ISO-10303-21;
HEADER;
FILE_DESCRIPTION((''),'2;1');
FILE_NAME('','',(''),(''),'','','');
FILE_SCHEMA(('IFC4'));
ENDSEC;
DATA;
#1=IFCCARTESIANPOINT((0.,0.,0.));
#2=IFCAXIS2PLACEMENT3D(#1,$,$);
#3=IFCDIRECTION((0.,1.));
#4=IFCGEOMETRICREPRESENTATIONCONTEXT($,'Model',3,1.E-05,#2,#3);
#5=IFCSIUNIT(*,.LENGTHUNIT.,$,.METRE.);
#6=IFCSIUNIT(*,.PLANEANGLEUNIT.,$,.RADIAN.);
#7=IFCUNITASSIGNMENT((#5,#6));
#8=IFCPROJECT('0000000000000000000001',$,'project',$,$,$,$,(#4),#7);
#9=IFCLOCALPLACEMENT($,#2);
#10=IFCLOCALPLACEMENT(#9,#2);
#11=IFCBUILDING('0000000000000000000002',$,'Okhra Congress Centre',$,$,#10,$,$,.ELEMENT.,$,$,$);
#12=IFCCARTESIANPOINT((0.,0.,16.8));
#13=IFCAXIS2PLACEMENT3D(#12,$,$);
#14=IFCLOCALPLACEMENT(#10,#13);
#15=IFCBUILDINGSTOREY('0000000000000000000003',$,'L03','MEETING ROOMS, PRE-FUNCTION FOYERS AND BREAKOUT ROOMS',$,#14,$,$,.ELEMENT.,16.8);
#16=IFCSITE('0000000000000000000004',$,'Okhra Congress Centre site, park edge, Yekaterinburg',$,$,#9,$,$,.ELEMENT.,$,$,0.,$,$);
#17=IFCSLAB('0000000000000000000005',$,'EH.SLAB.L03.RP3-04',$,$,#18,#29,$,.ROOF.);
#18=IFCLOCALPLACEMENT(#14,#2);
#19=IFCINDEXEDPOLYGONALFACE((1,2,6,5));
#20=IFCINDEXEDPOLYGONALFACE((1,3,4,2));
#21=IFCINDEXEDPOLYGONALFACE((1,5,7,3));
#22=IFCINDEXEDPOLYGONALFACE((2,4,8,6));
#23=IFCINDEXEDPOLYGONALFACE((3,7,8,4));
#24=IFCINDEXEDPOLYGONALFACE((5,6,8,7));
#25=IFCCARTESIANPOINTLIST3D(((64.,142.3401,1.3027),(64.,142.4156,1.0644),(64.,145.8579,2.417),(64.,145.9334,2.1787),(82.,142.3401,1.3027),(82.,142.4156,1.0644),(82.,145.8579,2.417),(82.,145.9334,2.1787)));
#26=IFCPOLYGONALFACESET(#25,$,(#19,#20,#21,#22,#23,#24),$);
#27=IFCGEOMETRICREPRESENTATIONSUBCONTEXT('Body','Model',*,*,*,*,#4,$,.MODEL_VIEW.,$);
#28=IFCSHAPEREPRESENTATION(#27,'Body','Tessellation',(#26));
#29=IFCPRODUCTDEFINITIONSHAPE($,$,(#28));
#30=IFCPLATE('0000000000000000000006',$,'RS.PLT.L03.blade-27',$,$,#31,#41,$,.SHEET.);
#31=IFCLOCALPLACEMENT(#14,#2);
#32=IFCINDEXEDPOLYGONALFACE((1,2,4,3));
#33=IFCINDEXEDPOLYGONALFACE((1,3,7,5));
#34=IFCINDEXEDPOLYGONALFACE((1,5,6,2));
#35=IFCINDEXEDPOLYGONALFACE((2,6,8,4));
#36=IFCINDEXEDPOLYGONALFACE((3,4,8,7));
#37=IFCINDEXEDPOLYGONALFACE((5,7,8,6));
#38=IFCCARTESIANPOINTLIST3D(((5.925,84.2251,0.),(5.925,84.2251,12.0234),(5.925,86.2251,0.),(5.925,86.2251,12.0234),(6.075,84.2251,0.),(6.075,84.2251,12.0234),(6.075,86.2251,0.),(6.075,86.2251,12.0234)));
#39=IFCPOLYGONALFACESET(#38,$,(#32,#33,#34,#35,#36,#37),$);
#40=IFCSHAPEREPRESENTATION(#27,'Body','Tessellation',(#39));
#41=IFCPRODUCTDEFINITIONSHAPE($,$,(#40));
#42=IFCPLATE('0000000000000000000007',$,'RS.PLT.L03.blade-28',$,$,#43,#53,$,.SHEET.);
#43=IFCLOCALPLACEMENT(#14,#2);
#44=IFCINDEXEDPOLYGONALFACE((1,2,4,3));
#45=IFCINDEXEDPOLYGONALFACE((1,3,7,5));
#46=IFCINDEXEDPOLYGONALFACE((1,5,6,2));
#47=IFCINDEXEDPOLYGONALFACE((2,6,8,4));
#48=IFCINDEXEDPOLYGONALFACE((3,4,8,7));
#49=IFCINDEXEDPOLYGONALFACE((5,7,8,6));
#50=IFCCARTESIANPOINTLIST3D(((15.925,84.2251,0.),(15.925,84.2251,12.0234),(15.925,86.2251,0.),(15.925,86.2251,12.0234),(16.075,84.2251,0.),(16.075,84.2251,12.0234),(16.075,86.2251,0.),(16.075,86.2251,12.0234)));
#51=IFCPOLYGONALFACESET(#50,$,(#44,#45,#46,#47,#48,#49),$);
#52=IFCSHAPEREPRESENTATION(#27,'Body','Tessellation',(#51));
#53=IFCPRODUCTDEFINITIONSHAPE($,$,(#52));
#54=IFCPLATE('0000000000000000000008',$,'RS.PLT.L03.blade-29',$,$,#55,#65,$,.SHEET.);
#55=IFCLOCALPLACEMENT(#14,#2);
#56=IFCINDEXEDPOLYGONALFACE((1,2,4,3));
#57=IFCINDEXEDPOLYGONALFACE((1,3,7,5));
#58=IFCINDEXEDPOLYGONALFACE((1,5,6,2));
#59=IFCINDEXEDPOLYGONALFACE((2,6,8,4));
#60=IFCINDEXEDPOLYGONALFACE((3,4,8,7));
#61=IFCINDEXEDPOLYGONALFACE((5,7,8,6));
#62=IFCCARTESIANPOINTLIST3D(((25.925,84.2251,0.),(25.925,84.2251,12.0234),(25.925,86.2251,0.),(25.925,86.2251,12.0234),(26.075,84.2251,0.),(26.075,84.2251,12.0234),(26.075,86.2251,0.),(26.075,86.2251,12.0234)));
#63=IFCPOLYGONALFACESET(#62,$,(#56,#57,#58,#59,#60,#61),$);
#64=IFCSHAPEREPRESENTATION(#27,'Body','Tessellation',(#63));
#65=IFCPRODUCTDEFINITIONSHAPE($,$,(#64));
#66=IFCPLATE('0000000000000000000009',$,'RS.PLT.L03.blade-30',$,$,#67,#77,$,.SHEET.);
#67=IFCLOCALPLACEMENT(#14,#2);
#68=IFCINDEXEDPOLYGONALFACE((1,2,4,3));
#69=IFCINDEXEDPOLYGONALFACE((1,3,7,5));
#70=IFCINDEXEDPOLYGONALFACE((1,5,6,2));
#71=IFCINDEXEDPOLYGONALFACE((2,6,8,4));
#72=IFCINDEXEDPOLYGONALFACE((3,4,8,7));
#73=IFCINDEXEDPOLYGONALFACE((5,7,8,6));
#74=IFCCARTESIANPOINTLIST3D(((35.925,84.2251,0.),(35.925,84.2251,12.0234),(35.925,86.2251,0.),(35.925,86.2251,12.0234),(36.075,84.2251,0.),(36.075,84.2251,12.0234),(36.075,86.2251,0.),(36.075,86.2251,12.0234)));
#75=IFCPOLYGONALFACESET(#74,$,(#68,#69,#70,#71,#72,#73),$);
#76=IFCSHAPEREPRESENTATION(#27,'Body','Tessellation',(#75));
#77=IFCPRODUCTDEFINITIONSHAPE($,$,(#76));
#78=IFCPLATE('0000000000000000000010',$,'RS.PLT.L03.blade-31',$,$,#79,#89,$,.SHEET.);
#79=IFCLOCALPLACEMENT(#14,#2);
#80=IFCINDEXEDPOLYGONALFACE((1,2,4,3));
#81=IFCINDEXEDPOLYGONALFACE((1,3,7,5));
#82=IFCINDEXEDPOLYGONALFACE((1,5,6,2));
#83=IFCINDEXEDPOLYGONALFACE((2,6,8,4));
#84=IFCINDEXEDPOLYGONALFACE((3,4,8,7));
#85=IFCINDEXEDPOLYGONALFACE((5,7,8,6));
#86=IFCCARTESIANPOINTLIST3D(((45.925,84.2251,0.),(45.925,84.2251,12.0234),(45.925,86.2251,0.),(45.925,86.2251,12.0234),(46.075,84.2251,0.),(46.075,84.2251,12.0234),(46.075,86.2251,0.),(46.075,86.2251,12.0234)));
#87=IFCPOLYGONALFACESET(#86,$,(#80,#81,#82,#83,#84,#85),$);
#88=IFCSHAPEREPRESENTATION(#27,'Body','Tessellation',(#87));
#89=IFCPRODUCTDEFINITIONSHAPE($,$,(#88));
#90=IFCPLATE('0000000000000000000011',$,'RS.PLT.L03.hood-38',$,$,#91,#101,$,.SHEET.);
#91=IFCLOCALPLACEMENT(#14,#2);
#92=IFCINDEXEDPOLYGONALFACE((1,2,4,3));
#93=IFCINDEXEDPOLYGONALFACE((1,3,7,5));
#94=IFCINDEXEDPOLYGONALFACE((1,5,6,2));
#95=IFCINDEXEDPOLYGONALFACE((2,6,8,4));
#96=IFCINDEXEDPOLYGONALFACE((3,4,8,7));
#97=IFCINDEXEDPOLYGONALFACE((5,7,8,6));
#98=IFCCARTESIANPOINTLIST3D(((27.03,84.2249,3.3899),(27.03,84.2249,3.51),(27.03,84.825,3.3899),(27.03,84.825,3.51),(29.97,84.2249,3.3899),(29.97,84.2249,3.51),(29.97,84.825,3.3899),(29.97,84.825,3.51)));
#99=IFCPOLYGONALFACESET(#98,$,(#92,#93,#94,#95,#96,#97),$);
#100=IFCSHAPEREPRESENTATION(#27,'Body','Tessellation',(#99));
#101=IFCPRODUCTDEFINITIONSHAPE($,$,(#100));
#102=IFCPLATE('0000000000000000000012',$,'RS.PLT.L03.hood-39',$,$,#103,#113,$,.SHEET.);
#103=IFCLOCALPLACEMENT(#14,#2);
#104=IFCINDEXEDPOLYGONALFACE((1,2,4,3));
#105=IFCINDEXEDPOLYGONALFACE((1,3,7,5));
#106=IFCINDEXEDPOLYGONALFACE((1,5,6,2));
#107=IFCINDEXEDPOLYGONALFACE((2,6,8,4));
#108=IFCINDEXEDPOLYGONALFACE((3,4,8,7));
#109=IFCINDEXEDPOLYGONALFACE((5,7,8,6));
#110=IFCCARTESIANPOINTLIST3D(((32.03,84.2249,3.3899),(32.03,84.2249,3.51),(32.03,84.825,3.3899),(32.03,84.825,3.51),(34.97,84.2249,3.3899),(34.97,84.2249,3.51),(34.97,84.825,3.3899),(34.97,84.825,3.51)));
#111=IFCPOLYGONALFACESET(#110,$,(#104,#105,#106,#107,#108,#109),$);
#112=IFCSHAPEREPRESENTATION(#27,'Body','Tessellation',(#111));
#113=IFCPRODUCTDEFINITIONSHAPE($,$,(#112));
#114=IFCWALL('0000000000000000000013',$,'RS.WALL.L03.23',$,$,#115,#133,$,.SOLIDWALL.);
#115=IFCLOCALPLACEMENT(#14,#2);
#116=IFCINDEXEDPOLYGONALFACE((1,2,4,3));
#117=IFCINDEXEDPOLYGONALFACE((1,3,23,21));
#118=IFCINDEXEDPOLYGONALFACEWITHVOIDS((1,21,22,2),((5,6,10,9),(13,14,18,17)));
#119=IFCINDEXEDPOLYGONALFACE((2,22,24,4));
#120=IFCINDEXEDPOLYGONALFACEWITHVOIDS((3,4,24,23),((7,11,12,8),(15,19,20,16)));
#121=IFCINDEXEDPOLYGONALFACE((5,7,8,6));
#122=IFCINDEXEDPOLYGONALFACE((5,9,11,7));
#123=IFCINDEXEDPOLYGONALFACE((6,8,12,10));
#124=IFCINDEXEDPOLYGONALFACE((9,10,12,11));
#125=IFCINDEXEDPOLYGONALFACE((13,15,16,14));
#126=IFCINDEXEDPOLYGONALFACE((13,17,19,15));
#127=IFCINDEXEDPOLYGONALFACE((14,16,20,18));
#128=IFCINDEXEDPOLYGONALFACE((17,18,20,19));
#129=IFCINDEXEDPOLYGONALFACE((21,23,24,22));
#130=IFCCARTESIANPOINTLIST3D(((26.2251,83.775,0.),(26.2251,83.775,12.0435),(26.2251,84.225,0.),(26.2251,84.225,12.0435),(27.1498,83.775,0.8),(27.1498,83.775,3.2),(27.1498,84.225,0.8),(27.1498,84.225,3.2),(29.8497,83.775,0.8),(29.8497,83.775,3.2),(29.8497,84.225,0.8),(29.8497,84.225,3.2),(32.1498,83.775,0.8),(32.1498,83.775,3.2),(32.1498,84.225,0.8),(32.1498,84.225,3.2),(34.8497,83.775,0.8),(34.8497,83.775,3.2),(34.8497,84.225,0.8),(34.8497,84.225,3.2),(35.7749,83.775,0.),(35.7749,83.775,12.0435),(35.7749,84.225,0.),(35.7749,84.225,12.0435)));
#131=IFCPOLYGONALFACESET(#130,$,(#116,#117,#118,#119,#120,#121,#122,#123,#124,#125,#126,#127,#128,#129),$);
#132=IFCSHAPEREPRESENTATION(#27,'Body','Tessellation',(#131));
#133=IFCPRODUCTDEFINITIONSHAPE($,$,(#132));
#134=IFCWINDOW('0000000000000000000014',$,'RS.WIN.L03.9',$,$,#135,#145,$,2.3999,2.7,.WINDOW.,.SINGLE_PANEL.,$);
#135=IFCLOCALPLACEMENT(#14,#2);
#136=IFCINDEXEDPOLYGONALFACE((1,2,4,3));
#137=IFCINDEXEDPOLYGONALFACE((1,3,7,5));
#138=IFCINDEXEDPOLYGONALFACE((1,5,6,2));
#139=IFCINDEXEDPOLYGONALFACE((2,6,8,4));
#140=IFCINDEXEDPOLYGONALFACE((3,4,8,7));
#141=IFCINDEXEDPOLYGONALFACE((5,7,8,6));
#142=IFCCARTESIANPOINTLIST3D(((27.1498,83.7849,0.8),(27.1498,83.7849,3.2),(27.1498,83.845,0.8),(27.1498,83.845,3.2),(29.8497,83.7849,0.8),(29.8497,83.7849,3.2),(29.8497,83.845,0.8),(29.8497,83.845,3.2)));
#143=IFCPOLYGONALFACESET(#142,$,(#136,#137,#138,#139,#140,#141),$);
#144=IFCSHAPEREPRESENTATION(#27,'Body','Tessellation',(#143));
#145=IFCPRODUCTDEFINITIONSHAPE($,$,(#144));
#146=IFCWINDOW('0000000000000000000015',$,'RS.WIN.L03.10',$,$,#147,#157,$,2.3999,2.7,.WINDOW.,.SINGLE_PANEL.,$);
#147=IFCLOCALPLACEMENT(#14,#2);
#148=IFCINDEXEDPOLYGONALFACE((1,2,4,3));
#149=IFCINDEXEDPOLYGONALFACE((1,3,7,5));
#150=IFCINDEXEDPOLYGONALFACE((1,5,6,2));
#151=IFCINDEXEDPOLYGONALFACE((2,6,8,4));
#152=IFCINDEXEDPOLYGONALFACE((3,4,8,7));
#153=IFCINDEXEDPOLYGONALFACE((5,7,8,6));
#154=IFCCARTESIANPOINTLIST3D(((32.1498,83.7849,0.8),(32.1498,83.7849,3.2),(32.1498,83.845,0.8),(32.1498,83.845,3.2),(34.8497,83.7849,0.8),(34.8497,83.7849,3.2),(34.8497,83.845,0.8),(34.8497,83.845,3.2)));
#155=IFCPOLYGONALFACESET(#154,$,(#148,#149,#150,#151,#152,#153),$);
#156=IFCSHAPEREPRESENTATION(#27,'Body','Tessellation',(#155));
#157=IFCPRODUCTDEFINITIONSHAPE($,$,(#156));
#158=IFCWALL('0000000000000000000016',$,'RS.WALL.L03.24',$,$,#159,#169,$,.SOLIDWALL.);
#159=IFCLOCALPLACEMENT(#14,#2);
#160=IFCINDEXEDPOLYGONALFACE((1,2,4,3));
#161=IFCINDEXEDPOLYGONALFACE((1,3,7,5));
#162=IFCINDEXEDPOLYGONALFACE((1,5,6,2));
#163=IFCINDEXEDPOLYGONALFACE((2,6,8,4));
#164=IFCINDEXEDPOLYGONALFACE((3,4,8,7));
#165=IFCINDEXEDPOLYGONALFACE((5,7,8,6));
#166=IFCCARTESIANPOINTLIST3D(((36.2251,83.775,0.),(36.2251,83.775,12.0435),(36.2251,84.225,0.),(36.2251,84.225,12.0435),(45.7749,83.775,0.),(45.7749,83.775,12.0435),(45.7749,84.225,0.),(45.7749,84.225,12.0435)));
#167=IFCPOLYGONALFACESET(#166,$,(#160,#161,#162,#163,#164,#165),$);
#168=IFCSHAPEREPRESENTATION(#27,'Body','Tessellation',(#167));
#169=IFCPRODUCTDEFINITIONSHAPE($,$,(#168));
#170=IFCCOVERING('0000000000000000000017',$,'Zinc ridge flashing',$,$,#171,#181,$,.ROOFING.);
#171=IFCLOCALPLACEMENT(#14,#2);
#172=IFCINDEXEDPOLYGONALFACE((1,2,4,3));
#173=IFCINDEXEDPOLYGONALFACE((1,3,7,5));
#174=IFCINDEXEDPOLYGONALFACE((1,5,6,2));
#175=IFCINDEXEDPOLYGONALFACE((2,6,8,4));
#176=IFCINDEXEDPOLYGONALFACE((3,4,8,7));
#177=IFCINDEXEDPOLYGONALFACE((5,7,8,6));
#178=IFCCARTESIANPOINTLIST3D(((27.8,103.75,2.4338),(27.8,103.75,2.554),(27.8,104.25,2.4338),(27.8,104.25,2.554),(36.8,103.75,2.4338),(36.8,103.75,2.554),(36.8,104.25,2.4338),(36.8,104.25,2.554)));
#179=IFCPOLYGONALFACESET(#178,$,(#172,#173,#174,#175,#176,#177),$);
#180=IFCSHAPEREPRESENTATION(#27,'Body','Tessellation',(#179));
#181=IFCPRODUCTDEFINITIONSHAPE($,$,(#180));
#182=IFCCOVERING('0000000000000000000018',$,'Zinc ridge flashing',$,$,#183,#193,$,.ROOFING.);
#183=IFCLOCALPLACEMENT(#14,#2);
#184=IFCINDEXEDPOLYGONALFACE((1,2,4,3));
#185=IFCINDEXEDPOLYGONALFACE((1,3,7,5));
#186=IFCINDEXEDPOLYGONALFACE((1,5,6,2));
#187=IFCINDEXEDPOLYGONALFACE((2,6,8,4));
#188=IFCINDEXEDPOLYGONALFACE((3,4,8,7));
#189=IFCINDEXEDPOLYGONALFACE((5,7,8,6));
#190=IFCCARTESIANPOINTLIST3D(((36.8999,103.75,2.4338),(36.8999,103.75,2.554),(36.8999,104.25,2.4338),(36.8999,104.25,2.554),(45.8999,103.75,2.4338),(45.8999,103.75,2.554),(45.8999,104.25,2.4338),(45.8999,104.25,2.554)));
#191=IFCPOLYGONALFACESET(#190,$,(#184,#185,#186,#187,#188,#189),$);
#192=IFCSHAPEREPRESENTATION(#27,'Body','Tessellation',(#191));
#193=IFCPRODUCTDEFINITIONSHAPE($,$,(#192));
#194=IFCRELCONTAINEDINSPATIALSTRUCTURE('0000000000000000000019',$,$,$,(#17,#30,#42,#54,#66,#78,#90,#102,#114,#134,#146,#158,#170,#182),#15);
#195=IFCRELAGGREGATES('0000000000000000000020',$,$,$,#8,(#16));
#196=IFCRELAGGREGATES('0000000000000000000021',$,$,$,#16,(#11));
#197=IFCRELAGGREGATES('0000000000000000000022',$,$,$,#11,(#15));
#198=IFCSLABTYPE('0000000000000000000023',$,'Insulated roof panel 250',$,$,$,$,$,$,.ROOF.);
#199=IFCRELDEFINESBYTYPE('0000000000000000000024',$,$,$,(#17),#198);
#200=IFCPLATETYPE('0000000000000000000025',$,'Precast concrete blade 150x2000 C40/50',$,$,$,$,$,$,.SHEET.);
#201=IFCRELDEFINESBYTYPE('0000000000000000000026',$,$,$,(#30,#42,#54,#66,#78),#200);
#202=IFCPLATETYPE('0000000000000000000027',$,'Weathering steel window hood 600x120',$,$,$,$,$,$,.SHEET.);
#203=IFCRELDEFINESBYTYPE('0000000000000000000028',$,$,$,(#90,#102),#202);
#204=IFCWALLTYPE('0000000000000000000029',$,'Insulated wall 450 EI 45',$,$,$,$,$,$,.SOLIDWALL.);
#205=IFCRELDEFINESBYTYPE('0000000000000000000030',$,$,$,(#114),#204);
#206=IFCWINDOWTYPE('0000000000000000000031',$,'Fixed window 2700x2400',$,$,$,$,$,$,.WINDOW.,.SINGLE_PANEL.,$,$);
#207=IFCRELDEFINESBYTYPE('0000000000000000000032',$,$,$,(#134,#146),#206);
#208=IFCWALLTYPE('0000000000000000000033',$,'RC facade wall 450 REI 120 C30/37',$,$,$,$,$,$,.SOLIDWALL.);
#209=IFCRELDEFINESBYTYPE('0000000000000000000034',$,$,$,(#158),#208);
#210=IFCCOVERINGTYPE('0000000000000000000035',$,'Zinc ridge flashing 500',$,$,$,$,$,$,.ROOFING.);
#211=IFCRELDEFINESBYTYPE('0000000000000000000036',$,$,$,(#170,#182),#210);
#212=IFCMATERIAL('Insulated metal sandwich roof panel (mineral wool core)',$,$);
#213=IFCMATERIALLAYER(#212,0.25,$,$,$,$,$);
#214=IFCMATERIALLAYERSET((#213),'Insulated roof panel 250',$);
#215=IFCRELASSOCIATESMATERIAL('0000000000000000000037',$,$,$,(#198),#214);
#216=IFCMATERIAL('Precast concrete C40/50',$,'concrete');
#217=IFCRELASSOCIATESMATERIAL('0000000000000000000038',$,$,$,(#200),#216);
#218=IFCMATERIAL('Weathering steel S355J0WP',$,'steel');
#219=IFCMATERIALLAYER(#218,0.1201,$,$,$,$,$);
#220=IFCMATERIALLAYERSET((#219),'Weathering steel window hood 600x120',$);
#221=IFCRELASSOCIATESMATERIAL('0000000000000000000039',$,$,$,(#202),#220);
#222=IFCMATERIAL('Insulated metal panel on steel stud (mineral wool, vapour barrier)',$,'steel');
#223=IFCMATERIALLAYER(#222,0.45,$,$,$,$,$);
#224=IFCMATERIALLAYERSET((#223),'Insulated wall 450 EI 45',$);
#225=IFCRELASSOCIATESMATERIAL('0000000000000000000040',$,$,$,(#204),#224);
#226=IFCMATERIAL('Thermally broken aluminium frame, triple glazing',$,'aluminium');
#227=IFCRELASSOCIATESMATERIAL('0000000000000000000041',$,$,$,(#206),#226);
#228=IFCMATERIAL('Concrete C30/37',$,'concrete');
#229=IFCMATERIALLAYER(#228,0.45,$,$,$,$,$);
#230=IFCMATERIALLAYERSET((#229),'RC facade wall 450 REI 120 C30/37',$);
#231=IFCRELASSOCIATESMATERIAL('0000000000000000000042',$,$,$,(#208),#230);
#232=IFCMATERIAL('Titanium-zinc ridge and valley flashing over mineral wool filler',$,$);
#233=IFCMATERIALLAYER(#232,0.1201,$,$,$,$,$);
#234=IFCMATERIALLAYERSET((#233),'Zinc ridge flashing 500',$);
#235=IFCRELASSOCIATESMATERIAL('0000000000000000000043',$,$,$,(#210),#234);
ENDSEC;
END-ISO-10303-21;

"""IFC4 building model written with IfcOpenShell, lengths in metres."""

from ifc_helpers import new_model, si_unit, direction, frame, frame_2d, origin, origin_2d, place, context, subcontext, project, spatial, polyline, rectangle, outline, extrude, material, layer, layer_set, type_object, element, fill, save


model = new_model("IFC4")

# Units and contexts
model_context = context("Model", 3, precision=1e-05, world=origin(), true_north=direction((0.0, 1.0)))
body_context = subcontext(model_context, "Body", "Model", "MODEL_VIEW")
ifc_project = project(units=[si_unit("LENGTHUNIT", "METRE"), si_unit("PLANEANGLEUNIT", "RADIAN")], contexts=[model_context])

# Site, building, storey
site_placement = place(None, origin())
site = spatial("IfcSite", under=ifc_project, at=site_placement, Name="Okhra Congress Centre site, park edge, Yekaterinburg", CompositionType="ELEMENT", RefElevation=0.0)
building_placement = place(site_placement, origin())
building = spatial("IfcBuilding", under=site, at=building_placement, Name="Okhra Congress Centre", CompositionType="ELEMENT")
storey_placement = place(building_placement, frame((0.0, 0.0, 16.8)))
storey = spatial("IfcBuildingStorey", under=building, at=storey_placement, Name="L03", Description="MEETING ROOMS, PRE-FUNCTION FOYERS AND BREAKOUT ROOMS", CompositionType="ELEMENT", Elevation=16.8)

# Slab
ifc_material_1 = material(Name="Insulated metal sandwich roof panel (mineral wool core)")
ifc_layer_1 = layer(ifc_material_1, 0.25)
ifc_layer_set_1 = layer_set([ifc_layer_1], Name="Insulated roof panel 250")
slab_type = type_object("IfcSlabType", Name="Insulated roof panel 250", PredefinedType="ROOF", material=ifc_layer_set_1)
slab_1_placement = place(storey_placement, frame((64.0, 142.3401, 1.3027), z_axis=(0.0, -0.301961, 0.95332), x_axis=(1.0, 0.0, 0.0)))
element("IfcSlab", 1, at=slab_1_placement, inside=storey, type_object=slab_type, Name="EH.SLAB.L03.RP3-04", PredefinedType="ROOF", context=body_context, shape_type="SweptSolid", body=[
    extrude(outline(polyline([(0.0, 0.0), (18.0, 0.0), (18.0, 3.6901), (0.0, 3.6901), (0.0, 0.0)])), origin(), (0.0, 0.0, -1.0), 0.25),
])

# Plates
ifc_material_2 = material(Name="Precast concrete C40/50", Category="concrete")
plate_type_1 = type_object("IfcPlateType", Name="Precast concrete blade 150x2000 C40/50", PredefinedType="SHEET", material=ifc_material_2)
for number, where, z_axis, x_axis, name in (
    (2, (6.0, 85.2251, 0.0), (0.0, 0.0, 1.0), (-1.0, 0.0, 0.0), "RS.PLT.L03.blade-27"),
    (3, (16.0, 85.2251, 0.0), (0.0, 0.0, 1.0), (-1.0, 0.0, 0.0), "RS.PLT.L03.blade-28"),
    (4, (26.0, 85.2251, 0.0), (0.0, 0.0, 1.0), (-1.0, 0.0, 0.0), "RS.PLT.L03.blade-29"),
    (5, (36.0, 85.2251, 0.0), (0.0, 0.0, 1.0), (-1.0, 0.0, 0.0), "RS.PLT.L03.blade-30"),
    (6, (46.0, 85.2251, 0.0), (0.0, 0.0, 1.0), (-1.0, 0.0, 0.0), "RS.PLT.L03.blade-31"),
):
    element("IfcPlate", number, at=place(storey_placement, frame(where, z_axis=z_axis, x_axis=x_axis)), inside=storey, type_object=plate_type_1, Name=name, PredefinedType="SHEET", context=body_context, shape_type="SweptSolid", body=[
        extrude(rectangle(XDim=0.1499, YDim=2.0, at=origin_2d()), origin(), (0.0, 0.0, 1.0), 12.0234),
    ])
ifc_material_3 = material(Name="Weathering steel S355J0WP", Category="steel")
ifc_layer_2 = layer(ifc_material_3, 0.1201)
ifc_layer_set_2 = layer_set([ifc_layer_2], Name="Weathering steel window hood 600x120")
plate_type_2 = type_object("IfcPlateType", Name="Weathering steel window hood 600x120", PredefinedType="SHEET", material=ifc_layer_set_2)
for number, where, z_axis, x_axis, name in (
    (7, (28.5, 84.5249, 3.3899), (0.0, 0.0, 1.0), (-1.0, 0.0, 0.0), "RS.PLT.L03.hood-38"),
    (8, (33.5, 84.5249, 3.3899), (0.0, 0.0, 1.0), (-1.0, 0.0, 0.0), "RS.PLT.L03.hood-39"),
):
    element("IfcPlate", number, at=place(storey_placement, frame(where, z_axis=z_axis, x_axis=x_axis)), inside=storey, type_object=plate_type_2, Name=name, PredefinedType="SHEET", context=body_context, shape_type="SweptSolid", body=[
        extrude(rectangle(XDim=2.9399, YDim=0.6001, at=origin_2d()), origin(), (0.0, 0.0, 1.0), 0.1201),
    ])

# Wall, openings, windows
ifc_material_4 = material(Name="Insulated metal panel on steel stud (mineral wool, vapour barrier)", Category="steel")
ifc_layer_3 = layer(ifc_material_4, 0.45)
ifc_layer_set_3 = layer_set([ifc_layer_3], Name="Insulated wall 450 EI 45")
wall_type_1 = type_object("IfcWallType", Name="Insulated wall 450 EI 45", PredefinedType="SOLIDWALL", material=ifc_layer_set_3)
wall_1_placement = place(storey_placement, frame((35.7749, 84.0, 0.0), z_axis=(0.0, 0.0, 1.0), x_axis=(-1.0, 0.0, 0.0)))
wall_1 = element("IfcWall", 9, at=wall_1_placement, inside=storey, type_object=wall_type_1, Name="RS.WALL.L03.23", PredefinedType="SOLIDWALL", context=body_context, shape_type="SweptSolid", body=[
    extrude(rectangle(XDim=9.5498, YDim=0.45, at=frame_2d((4.7749, 0.0))), origin(), (0.0, 0.0, 1.0), 12.0435),
])
opening_1_placement = place(wall_1_placement, frame((5.925, 0.0, 0.8)))
opening_1 = element("IfcOpeningElement", 10, at=opening_1_placement, cuts=wall_1, PredefinedType="OPENING", context=body_context, shape_type="SweptSolid", body=[
    extrude(rectangle(XDim=2.7, YDim=2.3999, at=frame_2d((1.3501, 1.2))), frame((0.0, 0.2349, 0.0), z_axis=(0.0, -1.0, 0.0), x_axis=(1.0, 0.0, 0.0)), (0.0, 0.0, 1.0), 0.47),
])
opening_2_placement = place(wall_1_placement, frame((0.925, 0.0, 0.8)))
opening_2 = element("IfcOpeningElement", 11, at=opening_2_placement, cuts=wall_1, PredefinedType="OPENING", context=body_context, shape_type="SweptSolid", body=[
    extrude(rectangle(XDim=2.7, YDim=2.3999, at=frame_2d((1.3501, 1.2))), frame((0.0, 0.2349, 0.0), z_axis=(0.0, -1.0, 0.0), x_axis=(1.0, 0.0, 0.0)), (0.0, 0.0, 1.0), 0.47),
])
ifc_material_5 = material(Name="Thermally broken aluminium frame, triple glazing", Category="aluminium")
window_type = type_object("IfcWindowType", Name="Fixed window 2700x2400", PartitioningType="SINGLE_PANEL", PredefinedType="WINDOW", material=ifc_material_5)
window_1_placement = place(opening_1_placement, origin())
window_1 = element("IfcWindow", 12, at=window_1_placement, inside=storey, type_object=window_type, Name="RS.WIN.L03.9", OverallHeight=2.3999, OverallWidth=2.7, PartitioningType="SINGLE_PANEL", PredefinedType="WINDOW", context=body_context, shape_type="SweptSolid", body=[
    extrude(rectangle(XDim=2.7, YDim=2.3999, at=frame_2d((1.3501, 1.2))), frame((0.0, 0.2151, 0.0), z_axis=(0.0, -1.0, 0.0), x_axis=(1.0, 0.0, 0.0)), (0.0, 0.0, 1.0), 0.0601),
])
fill(opening_1, window_1)
window_2_placement = place(opening_2_placement, origin())
window_2 = element("IfcWindow", 13, at=window_2_placement, inside=storey, type_object=window_type, Name="RS.WIN.L03.10", OverallHeight=2.3999, OverallWidth=2.7, PartitioningType="SINGLE_PANEL", PredefinedType="WINDOW", context=body_context, shape_type="SweptSolid", body=[
    extrude(rectangle(XDim=2.7, YDim=2.3999, at=frame_2d((1.3501, 1.2))), frame((0.0, 0.2151, 0.0), z_axis=(0.0, -1.0, 0.0), x_axis=(1.0, 0.0, 0.0)), (0.0, 0.0, 1.0), 0.0601),
])
fill(opening_2, window_2)

# Wall
ifc_material_6 = material(Name="Concrete C30/37", Category="concrete")
ifc_layer_4 = layer(ifc_material_6, 0.45)
ifc_layer_set_4 = layer_set([ifc_layer_4], Name="RC facade wall 450 REI 120 C30/37")
wall_type_2 = type_object("IfcWallType", Name="RC facade wall 450 REI 120 C30/37", PredefinedType="SOLIDWALL", material=ifc_layer_set_4)
wall_2_placement = place(storey_placement, frame((45.7749, 84.0, 0.0), z_axis=(0.0, 0.0, 1.0), x_axis=(-1.0, 0.0, 0.0)))
element("IfcWall", 14, at=wall_2_placement, inside=storey, type_object=wall_type_2, Name="RS.WALL.L03.24", PredefinedType="SOLIDWALL", context=body_context, shape_type="SweptSolid", body=[
    extrude(rectangle(XDim=9.5498, YDim=0.45, at=frame_2d((4.7749, 0.0))), origin(), (0.0, 0.0, 1.0), 12.0435),
])

# Coverings
ifc_material_7 = material(Name="Titanium-zinc ridge and valley flashing over mineral wool filler")
ifc_layer_5 = layer(ifc_material_7, 0.1201)
ifc_layer_set_5 = layer_set([ifc_layer_5], Name="Zinc ridge flashing 500")
covering_type = type_object("IfcCoveringType", Name="Zinc ridge flashing 500", PredefinedType="ROOFING", material=ifc_layer_set_5)
for number, where, z_axis, x_axis, name in (
    (15, (32.3, 104.0, 2.4338), (0.0, 0.0, 1.0), (1.0, 0.0, 0.0), "Zinc ridge flashing"),
    (16, (41.3999, 104.0, 2.4338), (0.0, 0.0, 1.0), (1.0, 0.0, 0.0), "Zinc ridge flashing"),
):
    element("IfcCovering", number, at=place(storey_placement, frame(where, z_axis=z_axis, x_axis=x_axis)), inside=storey, type_object=covering_type, Name=name, PredefinedType="ROOFING", context=body_context, shape_type="SweptSolid", body=[
        extrude(rectangle(XDim=9.0, YDim=0.5, at=origin_2d()), origin(), (0.0, 0.0, 1.0), 0.1201),
    ])

save(model, "model.ifc")
